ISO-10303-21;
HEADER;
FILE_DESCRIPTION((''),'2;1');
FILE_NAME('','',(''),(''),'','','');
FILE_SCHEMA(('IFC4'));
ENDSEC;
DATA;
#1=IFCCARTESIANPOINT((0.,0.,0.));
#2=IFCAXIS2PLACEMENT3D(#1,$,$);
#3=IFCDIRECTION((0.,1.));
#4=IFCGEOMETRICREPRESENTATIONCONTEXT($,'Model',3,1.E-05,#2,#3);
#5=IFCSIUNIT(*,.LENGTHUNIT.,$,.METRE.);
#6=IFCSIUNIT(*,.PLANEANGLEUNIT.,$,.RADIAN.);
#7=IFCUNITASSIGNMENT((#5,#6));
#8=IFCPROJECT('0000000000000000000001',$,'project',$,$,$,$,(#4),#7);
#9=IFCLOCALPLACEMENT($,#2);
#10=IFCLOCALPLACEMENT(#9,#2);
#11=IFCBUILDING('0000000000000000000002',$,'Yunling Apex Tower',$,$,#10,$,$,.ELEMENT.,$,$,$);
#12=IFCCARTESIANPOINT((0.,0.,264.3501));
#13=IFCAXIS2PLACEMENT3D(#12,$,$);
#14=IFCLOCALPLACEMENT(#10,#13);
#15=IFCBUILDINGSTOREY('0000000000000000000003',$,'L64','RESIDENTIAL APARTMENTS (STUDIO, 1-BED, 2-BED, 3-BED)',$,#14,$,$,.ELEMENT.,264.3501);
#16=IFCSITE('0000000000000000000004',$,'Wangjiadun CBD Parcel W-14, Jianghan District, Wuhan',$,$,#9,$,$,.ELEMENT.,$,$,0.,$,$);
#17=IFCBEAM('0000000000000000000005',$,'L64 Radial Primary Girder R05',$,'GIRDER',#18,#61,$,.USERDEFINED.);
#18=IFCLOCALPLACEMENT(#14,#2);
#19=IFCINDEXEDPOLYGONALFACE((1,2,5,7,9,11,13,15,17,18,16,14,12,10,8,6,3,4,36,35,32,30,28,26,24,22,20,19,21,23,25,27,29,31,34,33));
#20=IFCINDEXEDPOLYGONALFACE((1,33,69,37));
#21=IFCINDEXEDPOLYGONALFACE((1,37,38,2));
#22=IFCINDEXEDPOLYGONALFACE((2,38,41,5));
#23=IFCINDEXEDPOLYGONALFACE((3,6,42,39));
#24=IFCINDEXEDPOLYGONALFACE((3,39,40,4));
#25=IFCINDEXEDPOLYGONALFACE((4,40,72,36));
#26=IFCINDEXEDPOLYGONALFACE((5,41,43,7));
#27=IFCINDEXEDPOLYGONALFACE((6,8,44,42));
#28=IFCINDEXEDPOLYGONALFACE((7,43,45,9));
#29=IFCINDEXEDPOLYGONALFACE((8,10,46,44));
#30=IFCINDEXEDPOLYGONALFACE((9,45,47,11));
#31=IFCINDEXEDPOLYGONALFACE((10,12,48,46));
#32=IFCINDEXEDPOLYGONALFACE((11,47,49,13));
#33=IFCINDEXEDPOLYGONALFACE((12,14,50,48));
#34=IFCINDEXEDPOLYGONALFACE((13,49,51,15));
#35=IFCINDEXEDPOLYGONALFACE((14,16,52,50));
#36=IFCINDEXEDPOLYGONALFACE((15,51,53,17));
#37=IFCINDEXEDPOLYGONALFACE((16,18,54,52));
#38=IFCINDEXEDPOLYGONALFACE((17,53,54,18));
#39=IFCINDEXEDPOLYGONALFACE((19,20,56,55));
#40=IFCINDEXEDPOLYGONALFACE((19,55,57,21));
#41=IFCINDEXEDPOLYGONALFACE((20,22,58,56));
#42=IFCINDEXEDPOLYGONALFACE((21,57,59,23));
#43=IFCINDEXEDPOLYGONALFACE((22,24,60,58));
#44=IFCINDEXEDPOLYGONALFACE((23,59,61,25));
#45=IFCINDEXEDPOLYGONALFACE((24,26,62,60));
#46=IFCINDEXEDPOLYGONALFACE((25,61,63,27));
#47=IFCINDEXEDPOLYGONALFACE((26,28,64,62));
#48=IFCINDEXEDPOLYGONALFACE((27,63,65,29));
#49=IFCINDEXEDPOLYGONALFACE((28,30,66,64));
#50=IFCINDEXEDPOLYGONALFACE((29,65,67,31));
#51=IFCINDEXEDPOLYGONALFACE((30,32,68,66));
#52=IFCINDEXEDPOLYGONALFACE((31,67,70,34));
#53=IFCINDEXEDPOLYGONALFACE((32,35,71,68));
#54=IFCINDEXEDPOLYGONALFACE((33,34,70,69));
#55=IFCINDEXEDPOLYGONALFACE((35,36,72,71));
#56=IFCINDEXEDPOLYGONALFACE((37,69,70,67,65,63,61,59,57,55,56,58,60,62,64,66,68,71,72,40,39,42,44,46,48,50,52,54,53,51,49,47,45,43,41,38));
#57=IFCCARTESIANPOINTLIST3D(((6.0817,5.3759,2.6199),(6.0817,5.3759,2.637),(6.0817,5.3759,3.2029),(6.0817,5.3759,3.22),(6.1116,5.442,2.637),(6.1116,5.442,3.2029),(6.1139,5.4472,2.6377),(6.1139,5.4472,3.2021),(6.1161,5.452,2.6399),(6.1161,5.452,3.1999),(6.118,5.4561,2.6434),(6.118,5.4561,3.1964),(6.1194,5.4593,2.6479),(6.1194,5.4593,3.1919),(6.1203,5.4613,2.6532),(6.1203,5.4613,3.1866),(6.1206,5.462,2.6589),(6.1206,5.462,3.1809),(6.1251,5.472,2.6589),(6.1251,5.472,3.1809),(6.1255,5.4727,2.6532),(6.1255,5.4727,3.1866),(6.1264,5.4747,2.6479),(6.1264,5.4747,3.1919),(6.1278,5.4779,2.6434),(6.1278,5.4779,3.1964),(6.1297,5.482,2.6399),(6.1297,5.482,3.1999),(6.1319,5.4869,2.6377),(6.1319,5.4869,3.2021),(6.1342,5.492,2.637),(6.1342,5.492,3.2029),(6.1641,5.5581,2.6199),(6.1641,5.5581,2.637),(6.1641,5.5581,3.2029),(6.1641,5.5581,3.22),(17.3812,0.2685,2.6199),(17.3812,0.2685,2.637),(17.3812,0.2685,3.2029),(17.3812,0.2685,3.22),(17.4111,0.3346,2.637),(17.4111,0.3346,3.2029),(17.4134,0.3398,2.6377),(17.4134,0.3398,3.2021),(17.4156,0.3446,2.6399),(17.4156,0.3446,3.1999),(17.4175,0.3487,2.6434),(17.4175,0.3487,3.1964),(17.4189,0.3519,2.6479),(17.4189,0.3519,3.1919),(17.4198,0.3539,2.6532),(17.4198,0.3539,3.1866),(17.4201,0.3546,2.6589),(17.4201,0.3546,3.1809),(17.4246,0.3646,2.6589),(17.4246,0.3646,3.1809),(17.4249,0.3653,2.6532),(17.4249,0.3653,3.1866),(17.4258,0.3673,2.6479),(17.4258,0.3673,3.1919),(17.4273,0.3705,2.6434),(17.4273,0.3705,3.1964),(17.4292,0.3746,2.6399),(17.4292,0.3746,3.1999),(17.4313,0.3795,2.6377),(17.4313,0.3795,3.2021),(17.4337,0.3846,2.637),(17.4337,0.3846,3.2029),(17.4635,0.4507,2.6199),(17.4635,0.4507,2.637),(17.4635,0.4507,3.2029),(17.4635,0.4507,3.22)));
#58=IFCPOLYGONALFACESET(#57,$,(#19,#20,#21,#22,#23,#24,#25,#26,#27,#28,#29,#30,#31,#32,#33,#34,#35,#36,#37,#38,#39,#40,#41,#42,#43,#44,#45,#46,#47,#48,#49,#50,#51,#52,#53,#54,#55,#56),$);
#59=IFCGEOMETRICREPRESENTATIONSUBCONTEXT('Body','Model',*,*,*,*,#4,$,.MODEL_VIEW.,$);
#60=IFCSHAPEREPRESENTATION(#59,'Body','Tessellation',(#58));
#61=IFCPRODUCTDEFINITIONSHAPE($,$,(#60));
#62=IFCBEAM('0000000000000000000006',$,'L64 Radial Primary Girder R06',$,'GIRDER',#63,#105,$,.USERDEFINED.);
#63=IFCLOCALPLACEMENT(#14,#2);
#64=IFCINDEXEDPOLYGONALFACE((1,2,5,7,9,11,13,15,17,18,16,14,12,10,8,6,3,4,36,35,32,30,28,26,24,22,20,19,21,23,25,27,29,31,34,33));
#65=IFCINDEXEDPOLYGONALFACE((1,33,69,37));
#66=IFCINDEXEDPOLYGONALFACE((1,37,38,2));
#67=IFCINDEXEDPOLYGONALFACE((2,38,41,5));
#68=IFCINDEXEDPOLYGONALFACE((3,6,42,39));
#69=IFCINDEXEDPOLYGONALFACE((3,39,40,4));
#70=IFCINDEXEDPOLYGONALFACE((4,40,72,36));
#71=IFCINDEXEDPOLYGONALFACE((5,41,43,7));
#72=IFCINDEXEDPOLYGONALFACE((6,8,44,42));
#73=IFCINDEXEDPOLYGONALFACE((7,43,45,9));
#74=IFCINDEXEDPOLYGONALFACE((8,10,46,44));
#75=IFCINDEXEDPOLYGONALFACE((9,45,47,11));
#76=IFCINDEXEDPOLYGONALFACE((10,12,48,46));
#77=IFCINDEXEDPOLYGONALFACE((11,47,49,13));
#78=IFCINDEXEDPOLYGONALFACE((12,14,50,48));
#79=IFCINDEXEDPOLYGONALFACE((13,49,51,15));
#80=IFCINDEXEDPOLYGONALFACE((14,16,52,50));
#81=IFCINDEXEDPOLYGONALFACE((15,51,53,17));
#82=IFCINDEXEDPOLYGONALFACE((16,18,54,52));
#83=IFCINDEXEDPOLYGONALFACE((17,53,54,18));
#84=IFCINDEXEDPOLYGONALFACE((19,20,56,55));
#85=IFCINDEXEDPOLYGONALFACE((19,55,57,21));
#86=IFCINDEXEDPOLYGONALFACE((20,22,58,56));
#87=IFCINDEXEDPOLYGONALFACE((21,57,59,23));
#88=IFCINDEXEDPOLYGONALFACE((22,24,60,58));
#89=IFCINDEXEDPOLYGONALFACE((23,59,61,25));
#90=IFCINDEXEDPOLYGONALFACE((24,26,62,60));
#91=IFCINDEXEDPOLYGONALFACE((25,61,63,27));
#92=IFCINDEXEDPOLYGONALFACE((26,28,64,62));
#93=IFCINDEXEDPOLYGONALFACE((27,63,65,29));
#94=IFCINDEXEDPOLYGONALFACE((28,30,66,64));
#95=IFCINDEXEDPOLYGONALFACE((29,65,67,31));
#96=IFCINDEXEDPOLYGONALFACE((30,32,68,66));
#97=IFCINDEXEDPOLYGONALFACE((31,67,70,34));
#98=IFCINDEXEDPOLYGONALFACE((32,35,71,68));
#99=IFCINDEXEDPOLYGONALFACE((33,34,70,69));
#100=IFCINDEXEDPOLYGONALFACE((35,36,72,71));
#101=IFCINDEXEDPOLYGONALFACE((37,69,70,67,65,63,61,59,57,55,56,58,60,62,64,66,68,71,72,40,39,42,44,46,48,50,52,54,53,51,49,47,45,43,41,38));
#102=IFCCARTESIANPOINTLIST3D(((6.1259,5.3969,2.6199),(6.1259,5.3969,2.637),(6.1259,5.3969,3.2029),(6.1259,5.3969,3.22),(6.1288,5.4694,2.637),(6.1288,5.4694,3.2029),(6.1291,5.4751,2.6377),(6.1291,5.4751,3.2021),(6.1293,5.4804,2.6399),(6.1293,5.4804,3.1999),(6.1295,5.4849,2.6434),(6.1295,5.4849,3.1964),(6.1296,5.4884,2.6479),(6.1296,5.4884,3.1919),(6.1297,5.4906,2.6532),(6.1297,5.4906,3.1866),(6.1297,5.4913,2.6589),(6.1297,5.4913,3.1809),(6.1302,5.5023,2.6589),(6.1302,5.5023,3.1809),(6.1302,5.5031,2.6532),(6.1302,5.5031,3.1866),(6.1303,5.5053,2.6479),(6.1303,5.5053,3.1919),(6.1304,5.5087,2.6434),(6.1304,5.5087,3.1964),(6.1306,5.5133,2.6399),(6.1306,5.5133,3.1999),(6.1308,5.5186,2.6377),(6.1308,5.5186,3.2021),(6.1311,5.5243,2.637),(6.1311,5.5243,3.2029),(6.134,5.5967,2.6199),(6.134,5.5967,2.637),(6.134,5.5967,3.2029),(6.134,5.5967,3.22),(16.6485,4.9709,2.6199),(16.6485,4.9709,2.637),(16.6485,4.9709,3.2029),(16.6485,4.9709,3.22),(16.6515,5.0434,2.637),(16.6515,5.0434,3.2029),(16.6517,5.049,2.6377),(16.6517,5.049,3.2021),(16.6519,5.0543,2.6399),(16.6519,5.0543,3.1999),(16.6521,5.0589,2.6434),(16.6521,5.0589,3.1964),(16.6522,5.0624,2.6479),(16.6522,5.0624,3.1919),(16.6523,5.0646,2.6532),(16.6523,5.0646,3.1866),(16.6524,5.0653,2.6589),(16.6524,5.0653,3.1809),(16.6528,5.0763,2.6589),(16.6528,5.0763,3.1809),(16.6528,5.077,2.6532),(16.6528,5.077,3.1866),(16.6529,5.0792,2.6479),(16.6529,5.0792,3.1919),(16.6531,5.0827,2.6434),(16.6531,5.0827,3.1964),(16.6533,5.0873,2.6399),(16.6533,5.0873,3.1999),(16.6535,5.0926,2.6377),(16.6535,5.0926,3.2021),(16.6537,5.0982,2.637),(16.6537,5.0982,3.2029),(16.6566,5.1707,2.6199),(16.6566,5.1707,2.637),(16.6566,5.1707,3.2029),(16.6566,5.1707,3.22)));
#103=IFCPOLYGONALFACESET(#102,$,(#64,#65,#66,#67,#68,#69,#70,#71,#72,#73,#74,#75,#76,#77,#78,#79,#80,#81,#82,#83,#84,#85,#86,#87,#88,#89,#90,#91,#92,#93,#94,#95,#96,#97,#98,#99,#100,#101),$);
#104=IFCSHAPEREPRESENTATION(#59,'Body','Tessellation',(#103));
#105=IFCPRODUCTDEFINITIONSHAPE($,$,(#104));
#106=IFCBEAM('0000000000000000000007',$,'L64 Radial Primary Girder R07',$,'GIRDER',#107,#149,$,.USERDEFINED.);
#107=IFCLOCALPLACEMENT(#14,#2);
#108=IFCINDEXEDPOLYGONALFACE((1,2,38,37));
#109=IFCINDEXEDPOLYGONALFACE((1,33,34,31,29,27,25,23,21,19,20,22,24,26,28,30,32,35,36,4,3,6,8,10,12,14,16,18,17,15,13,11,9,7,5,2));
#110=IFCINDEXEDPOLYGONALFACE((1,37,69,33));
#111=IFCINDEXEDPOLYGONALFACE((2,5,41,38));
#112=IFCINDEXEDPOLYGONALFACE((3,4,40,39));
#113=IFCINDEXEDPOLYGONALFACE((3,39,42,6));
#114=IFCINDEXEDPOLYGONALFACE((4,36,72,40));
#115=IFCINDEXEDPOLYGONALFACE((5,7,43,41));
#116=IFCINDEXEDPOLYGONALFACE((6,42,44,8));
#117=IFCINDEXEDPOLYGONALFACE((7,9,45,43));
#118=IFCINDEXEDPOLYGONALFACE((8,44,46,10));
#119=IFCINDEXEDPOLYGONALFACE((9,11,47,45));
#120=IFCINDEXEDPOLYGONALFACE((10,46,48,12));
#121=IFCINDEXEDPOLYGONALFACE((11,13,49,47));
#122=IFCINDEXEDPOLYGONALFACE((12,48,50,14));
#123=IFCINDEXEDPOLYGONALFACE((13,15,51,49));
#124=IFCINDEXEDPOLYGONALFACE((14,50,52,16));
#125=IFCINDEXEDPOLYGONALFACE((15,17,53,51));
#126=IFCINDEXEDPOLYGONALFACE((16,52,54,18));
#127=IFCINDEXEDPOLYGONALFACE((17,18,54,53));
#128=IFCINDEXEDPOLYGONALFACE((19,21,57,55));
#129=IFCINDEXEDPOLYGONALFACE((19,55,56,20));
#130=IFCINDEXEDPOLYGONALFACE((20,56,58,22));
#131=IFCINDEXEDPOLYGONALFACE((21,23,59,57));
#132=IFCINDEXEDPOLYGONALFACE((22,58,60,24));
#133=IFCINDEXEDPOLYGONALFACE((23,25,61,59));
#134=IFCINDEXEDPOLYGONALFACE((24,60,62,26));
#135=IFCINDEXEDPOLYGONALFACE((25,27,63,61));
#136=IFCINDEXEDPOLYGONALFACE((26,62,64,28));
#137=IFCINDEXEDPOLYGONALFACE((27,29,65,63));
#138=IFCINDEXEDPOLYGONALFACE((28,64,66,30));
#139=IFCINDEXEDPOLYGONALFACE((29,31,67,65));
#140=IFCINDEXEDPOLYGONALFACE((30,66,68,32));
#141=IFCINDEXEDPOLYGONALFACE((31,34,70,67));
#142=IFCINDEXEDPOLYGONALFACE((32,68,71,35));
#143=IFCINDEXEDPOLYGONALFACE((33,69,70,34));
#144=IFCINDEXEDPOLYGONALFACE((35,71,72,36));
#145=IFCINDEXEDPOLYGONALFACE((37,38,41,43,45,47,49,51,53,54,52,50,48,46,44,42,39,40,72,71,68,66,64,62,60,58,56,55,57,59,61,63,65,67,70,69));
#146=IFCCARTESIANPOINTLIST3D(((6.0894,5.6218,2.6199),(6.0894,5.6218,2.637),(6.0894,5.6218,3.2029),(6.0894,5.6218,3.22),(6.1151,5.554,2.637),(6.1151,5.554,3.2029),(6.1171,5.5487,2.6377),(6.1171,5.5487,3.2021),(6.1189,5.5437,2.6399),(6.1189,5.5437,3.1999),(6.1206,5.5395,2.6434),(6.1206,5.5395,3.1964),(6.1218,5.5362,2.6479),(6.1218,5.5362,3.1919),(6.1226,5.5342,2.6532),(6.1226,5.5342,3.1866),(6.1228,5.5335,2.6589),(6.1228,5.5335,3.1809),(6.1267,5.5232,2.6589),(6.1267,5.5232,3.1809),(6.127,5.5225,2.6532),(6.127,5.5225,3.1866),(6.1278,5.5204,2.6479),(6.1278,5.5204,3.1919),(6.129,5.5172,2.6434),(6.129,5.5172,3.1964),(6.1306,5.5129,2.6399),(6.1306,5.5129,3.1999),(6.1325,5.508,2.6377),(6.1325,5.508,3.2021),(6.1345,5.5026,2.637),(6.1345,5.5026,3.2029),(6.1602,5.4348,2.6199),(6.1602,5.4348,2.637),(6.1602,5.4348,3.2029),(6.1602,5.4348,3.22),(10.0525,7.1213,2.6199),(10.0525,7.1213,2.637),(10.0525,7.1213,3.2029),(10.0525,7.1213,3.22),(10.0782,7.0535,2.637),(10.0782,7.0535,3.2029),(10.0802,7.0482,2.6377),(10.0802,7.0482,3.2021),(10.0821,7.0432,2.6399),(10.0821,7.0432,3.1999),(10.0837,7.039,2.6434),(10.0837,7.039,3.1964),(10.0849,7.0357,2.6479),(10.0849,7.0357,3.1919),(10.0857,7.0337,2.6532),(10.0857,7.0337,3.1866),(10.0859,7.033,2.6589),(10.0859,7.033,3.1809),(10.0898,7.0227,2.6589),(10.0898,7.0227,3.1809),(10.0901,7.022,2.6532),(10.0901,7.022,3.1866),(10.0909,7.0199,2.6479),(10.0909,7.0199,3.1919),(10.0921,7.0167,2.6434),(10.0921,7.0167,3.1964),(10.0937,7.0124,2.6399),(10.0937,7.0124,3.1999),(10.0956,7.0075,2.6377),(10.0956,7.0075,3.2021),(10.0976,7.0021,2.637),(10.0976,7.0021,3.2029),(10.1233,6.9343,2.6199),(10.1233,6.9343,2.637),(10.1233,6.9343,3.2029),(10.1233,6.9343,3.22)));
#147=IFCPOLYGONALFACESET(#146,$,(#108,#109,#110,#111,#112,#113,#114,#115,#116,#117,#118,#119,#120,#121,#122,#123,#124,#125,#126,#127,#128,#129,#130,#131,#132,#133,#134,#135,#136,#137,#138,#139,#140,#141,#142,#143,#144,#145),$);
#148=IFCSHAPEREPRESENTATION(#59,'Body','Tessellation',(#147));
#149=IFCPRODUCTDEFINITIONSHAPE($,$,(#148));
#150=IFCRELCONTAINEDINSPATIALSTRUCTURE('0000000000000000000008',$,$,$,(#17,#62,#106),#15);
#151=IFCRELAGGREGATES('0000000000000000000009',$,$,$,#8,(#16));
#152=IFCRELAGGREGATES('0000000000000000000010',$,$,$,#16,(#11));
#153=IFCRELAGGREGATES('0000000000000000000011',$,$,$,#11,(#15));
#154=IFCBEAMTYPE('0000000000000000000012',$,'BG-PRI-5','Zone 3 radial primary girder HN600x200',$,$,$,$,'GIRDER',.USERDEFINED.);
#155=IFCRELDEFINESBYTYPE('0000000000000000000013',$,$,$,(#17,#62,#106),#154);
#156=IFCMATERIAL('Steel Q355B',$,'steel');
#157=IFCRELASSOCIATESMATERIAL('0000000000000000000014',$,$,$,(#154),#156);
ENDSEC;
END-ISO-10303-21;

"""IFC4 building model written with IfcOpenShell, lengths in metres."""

from ifc_helpers import new_model, si_unit, direction, frame, origin, origin_2d, place, context, subcontext, project, spatial, i_section, extrude, source, transform, mapped, material, material_profile, profile_set, type_object, element, save


model = new_model("IFC4")

# Units and contexts
model_context = context("Model", 3, precision=1e-05, world=origin(), true_north=direction((0.0, 1.0)))
body_context = subcontext(model_context, "Body", "Model", "MODEL_VIEW")
ifc_project = project(units=[si_unit("LENGTHUNIT", "METRE"), si_unit("PLANEANGLEUNIT", "RADIAN")], contexts=[model_context])

# Site, building, storey
site_placement = place(None, origin())
site = spatial("IfcSite", under=ifc_project, at=site_placement, Name="Wangjiadun CBD Parcel W-14, Jianghan District, Wuhan", CompositionType="ELEMENT", RefElevation=0.0)
building_placement = place(site_placement, origin())
building = spatial("IfcBuilding", under=site, at=building_placement, Name="Yunling Apex Tower", CompositionType="ELEMENT")
storey_placement = place(building_placement, frame((0.0, 0.0, 264.3501)))
storey = spatial("IfcBuildingStorey", under=building, at=storey_placement, Name="L64", Description="RESIDENTIAL APARTMENTS (STUDIO, 1-BED, 2-BED, 3-BED)", CompositionType="ELEMENT", Elevation=264.3501)

# Shared definitions
ifc_material_1 = material(Name="Steel Q355B", Category="steel")

# Beams
ifc_material_profile_1 = material_profile(ifc_material_1, i_section(OverallWidth=0.2, OverallDepth=0.6001, WebThickness=0.011, FlangeThickness=0.0171, FilletRadius=0.022, at=origin_2d()))
ifc_profile_set_1 = profile_set([ifc_material_profile_1], Name="Steel Q355B")
beam_type_1 = type_object("IfcBeamType", Name="BG-PRI-5", Description="Zone 3 radial primary girder HN600x200", ElementType="GIRDER", PredefinedType="USERDEFINED", material=ifc_profile_set_1)
shared_shape_1 = source(origin(), body_context, "Body", "SweptSolid", [
    extrude(i_section(OverallWidth=0.2, OverallDepth=0.6001, WebThickness=0.011, FlangeThickness=0.0171, FilletRadius=0.022, at=origin_2d()), origin(), (0.0, 0.0, 1.0), 12.4001),
])
beam_1_placement = place(storey_placement, frame((17.4224, 0.3596, 2.9199), z_axis=(-0.911238, 0.411881, 0.0), x_axis=(-0.411881, -0.911238, 0.0)))
element("IfcBeam", 1, at=beam_1_placement, inside=storey, type_object=beam_type_1, Name="L64 Radial Primary Girder R05", ObjectType="GIRDER", PredefinedType="USERDEFINED", context=body_context, shape_type="MappedRepresentation", body=[
    mapped(shared_shape_1, transform((0.0, 0.0, 0.0), scale=1.0)),
])
shared_shape_2 = source(origin(), body_context, "Body", "SweptSolid", [
    extrude(i_section(OverallWidth=0.2, OverallDepth=0.6001, WebThickness=0.011, FlangeThickness=0.0171, FilletRadius=0.022, at=origin_2d()), origin(), (0.0, 0.0, 1.0), 10.5312),
])
beam_2_placement = place(storey_placement, frame((16.6526, 5.0708, 2.9199), z_axis=(-0.999181, 0.040453, 0.0), x_axis=(-0.040453, -0.999181, 0.0)))
element("IfcBeam", 2, at=beam_2_placement, inside=storey, type_object=beam_type_1, Name="L64 Radial Primary Girder R06", ObjectType="GIRDER", PredefinedType="USERDEFINED", context=body_context, shape_type="MappedRepresentation", body=[
    mapped(shared_shape_2, transform((0.0, 0.0, 0.0), scale=1.0)),
])
shared_shape_3 = source(origin(), body_context, "Body", "SweptSolid", [
    extrude(i_section(OverallWidth=0.2, OverallDepth=0.6001, WebThickness=0.011, FlangeThickness=0.0171, FilletRadius=0.022, at=origin_2d()), origin(), (0.0, 0.0, 1.0), 4.2373),
])
beam_3_placement = place(storey_placement, frame((10.0879, 7.0278, 2.9199), z_axis=(-0.93529, -0.353881, 0.0), x_axis=(0.353881, -0.93529, 0.0)))
element("IfcBeam", 3, at=beam_3_placement, inside=storey, type_object=beam_type_1, Name="L64 Radial Primary Girder R07", ObjectType="GIRDER", PredefinedType="USERDEFINED", context=body_context, shape_type="MappedRepresentation", body=[
    mapped(shared_shape_3, transform((0.0, 0.0, 0.0), scale=1.0)),
])

save(model, "model.ifc")
